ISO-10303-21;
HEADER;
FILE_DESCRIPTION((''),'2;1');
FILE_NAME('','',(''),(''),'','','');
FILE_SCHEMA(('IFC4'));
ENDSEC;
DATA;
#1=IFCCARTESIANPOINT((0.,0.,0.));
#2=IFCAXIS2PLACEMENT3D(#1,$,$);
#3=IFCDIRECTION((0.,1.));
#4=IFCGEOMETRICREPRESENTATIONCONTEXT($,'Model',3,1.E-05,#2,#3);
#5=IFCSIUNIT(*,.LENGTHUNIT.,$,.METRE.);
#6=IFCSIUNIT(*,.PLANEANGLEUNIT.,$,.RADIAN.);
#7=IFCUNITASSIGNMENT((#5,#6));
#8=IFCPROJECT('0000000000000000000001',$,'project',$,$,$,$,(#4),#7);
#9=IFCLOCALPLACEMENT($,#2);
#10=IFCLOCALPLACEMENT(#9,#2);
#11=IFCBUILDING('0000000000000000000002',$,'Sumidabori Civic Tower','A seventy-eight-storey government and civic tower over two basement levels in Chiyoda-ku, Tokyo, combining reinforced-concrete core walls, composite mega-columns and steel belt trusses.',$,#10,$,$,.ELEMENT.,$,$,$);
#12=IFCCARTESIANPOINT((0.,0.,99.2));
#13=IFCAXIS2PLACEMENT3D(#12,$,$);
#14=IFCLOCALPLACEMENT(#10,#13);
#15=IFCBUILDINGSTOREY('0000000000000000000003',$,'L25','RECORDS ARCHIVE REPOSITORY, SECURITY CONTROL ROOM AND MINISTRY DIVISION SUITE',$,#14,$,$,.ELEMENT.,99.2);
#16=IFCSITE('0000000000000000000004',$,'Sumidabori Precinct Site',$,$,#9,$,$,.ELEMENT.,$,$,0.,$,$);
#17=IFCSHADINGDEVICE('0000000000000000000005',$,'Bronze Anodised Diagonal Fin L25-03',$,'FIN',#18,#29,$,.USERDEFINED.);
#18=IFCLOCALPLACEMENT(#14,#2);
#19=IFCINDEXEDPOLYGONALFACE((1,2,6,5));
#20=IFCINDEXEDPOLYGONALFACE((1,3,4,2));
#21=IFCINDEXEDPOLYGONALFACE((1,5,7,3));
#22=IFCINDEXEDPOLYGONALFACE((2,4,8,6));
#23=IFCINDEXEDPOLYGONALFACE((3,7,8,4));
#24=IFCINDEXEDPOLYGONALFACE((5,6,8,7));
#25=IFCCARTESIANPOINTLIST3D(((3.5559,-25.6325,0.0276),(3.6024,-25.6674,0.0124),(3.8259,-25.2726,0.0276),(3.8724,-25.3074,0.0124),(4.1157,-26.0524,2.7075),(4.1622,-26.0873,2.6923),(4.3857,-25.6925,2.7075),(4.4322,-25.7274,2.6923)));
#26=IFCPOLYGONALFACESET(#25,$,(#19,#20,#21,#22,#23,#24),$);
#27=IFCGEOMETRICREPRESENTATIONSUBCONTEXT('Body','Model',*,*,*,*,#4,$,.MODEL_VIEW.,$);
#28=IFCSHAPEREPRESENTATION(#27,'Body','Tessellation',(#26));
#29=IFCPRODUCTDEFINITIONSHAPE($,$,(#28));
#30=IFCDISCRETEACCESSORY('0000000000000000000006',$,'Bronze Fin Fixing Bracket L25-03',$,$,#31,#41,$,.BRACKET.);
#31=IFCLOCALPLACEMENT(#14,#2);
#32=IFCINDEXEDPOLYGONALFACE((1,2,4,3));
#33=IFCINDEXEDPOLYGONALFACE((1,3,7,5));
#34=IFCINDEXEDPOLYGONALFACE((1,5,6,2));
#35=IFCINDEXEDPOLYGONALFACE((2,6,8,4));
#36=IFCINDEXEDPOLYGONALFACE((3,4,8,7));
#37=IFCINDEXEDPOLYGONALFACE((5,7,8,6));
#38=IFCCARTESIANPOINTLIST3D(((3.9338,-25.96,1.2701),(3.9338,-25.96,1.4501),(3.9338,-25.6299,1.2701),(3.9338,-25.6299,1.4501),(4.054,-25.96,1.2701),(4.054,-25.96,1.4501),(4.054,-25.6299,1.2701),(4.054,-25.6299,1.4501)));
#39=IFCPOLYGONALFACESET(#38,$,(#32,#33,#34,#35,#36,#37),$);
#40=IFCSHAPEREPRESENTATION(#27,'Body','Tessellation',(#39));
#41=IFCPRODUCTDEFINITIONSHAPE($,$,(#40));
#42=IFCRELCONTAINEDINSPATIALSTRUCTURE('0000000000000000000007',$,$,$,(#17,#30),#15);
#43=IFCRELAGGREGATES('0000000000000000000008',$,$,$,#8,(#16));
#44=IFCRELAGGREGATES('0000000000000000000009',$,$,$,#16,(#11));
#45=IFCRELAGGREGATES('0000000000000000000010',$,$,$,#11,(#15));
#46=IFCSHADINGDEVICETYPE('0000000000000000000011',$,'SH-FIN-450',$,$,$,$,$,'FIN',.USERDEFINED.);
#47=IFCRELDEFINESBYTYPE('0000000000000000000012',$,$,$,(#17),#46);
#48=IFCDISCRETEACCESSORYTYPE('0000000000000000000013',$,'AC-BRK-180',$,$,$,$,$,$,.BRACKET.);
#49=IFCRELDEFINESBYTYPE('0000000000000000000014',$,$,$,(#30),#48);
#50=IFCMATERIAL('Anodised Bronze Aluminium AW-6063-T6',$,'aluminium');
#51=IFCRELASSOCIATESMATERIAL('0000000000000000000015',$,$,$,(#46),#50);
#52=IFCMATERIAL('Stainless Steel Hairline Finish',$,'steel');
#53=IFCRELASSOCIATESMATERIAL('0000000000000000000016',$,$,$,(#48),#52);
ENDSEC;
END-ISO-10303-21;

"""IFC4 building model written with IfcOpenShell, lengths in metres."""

from ifc_helpers import new_model, si_unit, direction, frame, origin, origin_2d, place, context, subcontext, project, spatial, rectangle, extrude, source, transform, mapped, material, material_profile, profile_set, type_object, element, save


model = new_model("IFC4")

# Units and contexts
model_context = context("Model", 3, precision=1e-05, world=origin(), true_north=direction((0.0, 1.0)))
body_context = subcontext(model_context, "Body", "Model", "MODEL_VIEW")
ifc_project = project(units=[si_unit("LENGTHUNIT", "METRE"), si_unit("PLANEANGLEUNIT", "RADIAN")], contexts=[model_context])

# Site, building, storey
site_placement = place(None, origin())
site = spatial("IfcSite", under=ifc_project, at=site_placement, Name="Sumidabori Precinct Site", CompositionType="ELEMENT", RefElevation=0.0)
building_placement = place(site_placement, origin())
building = spatial("IfcBuilding", under=site, at=building_placement, Name="Sumidabori Civic Tower", Description="A seventy-eight-storey government and civic tower over two basement levels in Chiyoda-ku, Tokyo, combining reinforced-concrete core walls, composite mega-columns and steel belt trusses.", CompositionType="ELEMENT")
storey_placement = place(building_placement, frame((0.0, 0.0, 99.2)))
storey = spatial("IfcBuildingStorey", under=building, at=storey_placement, Name="L25", Description="RECORDS ARCHIVE REPOSITORY, SECURITY CONTROL ROOM AND MINISTRY DIVISION SUITE", CompositionType="ELEMENT", Elevation=99.2)

# Shared definitions
ifc_material_1 = material(Name="Anodised Bronze Aluminium AW-6063-T6", Category="aluminium")

# Shading device
ifc_material_profile_1 = material_profile(ifc_material_1, rectangle(XDim=0.0601, YDim=0.45, at=origin_2d()), Name="BRONZE FIN 450x60")
ifc_profile_set_1 = profile_set([ifc_material_profile_1], Name="Anodised Bronze Aluminium AW-6063-T6")
shading_device_type = type_object("IfcShadingDeviceType", Name="SH-FIN-450", ElementType="FIN", PredefinedType="USERDEFINED", material=ifc_profile_set_1)
shared_shape_1 = source(origin(), body_context, "Body", "SweptSolid", [
    extrude(rectangle(XDim=0.0601, YDim=0.45, at=origin_2d()), origin(), (0.0, 0.0, 1.0), 2.7698),
])
shading_device_placement = place(storey_placement, frame((3.7141, -25.47, 0.02), z_axis=(0.202114, -0.151608, 0.967556), x_axis=(0.774004, -0.580588, -0.252656)))
element("IfcShadingDevice", 1, at=shading_device_placement, inside=storey, type_object=shading_device_type, Name="Bronze Anodised Diagonal Fin L25-03", ObjectType="FIN", PredefinedType="USERDEFINED", context=body_context, shape_type="MappedRepresentation", body=[
    mapped(shared_shape_1, transform((0.0, 0.0, 0.0), x_axis=(1.0, 0.0, 0.0), y_axis=(0.0, 1.0, 0.0), z_axis=(0.0, 0.0, 1.0), scale=1.0)),
])

# Discrete accessory
ifc_material_2 = material(Name="Stainless Steel Hairline Finish", Category="steel")
ifc_material_profile_2 = material_profile(ifc_material_2, rectangle(XDim=0.1201, YDim=0.1799, at=origin_2d()), Name="STEEL BRACKET 180x120")
ifc_profile_set_2 = profile_set([ifc_material_profile_2], Name="Stainless Steel Hairline Finish")
discrete_accessory_type = type_object("IfcDiscreteAccessoryType", Name="AC-BRK-180", PredefinedType="BRACKET", material=ifc_profile_set_2)
shared_shape_2 = source(origin(), body_context, "Body", "SweptSolid", [
    extrude(rectangle(XDim=0.1201, YDim=0.1799, at=origin_2d()), origin(), (0.0, 0.0, 1.0), 0.3301),
])
discrete_accessory_placement = place(storey_placement, frame((3.9939, -25.6299, 1.3601), z_axis=(0.0, -1.0, 0.0), x_axis=(1.0, 0.0, 0.0)))
element("IfcDiscreteAccessory", 2, at=discrete_accessory_placement, inside=storey, type_object=discrete_accessory_type, Name="Bronze Fin Fixing Bracket L25-03", PredefinedType="BRACKET", context=body_context, shape_type="MappedRepresentation", body=[
    mapped(shared_shape_2, transform((0.0, 0.0, 0.0), x_axis=(1.0, 0.0, 0.0), y_axis=(0.0, 1.0, 0.0), z_axis=(0.0, 0.0, 1.0), scale=1.0)),
])

save(model, "model.ifc")
